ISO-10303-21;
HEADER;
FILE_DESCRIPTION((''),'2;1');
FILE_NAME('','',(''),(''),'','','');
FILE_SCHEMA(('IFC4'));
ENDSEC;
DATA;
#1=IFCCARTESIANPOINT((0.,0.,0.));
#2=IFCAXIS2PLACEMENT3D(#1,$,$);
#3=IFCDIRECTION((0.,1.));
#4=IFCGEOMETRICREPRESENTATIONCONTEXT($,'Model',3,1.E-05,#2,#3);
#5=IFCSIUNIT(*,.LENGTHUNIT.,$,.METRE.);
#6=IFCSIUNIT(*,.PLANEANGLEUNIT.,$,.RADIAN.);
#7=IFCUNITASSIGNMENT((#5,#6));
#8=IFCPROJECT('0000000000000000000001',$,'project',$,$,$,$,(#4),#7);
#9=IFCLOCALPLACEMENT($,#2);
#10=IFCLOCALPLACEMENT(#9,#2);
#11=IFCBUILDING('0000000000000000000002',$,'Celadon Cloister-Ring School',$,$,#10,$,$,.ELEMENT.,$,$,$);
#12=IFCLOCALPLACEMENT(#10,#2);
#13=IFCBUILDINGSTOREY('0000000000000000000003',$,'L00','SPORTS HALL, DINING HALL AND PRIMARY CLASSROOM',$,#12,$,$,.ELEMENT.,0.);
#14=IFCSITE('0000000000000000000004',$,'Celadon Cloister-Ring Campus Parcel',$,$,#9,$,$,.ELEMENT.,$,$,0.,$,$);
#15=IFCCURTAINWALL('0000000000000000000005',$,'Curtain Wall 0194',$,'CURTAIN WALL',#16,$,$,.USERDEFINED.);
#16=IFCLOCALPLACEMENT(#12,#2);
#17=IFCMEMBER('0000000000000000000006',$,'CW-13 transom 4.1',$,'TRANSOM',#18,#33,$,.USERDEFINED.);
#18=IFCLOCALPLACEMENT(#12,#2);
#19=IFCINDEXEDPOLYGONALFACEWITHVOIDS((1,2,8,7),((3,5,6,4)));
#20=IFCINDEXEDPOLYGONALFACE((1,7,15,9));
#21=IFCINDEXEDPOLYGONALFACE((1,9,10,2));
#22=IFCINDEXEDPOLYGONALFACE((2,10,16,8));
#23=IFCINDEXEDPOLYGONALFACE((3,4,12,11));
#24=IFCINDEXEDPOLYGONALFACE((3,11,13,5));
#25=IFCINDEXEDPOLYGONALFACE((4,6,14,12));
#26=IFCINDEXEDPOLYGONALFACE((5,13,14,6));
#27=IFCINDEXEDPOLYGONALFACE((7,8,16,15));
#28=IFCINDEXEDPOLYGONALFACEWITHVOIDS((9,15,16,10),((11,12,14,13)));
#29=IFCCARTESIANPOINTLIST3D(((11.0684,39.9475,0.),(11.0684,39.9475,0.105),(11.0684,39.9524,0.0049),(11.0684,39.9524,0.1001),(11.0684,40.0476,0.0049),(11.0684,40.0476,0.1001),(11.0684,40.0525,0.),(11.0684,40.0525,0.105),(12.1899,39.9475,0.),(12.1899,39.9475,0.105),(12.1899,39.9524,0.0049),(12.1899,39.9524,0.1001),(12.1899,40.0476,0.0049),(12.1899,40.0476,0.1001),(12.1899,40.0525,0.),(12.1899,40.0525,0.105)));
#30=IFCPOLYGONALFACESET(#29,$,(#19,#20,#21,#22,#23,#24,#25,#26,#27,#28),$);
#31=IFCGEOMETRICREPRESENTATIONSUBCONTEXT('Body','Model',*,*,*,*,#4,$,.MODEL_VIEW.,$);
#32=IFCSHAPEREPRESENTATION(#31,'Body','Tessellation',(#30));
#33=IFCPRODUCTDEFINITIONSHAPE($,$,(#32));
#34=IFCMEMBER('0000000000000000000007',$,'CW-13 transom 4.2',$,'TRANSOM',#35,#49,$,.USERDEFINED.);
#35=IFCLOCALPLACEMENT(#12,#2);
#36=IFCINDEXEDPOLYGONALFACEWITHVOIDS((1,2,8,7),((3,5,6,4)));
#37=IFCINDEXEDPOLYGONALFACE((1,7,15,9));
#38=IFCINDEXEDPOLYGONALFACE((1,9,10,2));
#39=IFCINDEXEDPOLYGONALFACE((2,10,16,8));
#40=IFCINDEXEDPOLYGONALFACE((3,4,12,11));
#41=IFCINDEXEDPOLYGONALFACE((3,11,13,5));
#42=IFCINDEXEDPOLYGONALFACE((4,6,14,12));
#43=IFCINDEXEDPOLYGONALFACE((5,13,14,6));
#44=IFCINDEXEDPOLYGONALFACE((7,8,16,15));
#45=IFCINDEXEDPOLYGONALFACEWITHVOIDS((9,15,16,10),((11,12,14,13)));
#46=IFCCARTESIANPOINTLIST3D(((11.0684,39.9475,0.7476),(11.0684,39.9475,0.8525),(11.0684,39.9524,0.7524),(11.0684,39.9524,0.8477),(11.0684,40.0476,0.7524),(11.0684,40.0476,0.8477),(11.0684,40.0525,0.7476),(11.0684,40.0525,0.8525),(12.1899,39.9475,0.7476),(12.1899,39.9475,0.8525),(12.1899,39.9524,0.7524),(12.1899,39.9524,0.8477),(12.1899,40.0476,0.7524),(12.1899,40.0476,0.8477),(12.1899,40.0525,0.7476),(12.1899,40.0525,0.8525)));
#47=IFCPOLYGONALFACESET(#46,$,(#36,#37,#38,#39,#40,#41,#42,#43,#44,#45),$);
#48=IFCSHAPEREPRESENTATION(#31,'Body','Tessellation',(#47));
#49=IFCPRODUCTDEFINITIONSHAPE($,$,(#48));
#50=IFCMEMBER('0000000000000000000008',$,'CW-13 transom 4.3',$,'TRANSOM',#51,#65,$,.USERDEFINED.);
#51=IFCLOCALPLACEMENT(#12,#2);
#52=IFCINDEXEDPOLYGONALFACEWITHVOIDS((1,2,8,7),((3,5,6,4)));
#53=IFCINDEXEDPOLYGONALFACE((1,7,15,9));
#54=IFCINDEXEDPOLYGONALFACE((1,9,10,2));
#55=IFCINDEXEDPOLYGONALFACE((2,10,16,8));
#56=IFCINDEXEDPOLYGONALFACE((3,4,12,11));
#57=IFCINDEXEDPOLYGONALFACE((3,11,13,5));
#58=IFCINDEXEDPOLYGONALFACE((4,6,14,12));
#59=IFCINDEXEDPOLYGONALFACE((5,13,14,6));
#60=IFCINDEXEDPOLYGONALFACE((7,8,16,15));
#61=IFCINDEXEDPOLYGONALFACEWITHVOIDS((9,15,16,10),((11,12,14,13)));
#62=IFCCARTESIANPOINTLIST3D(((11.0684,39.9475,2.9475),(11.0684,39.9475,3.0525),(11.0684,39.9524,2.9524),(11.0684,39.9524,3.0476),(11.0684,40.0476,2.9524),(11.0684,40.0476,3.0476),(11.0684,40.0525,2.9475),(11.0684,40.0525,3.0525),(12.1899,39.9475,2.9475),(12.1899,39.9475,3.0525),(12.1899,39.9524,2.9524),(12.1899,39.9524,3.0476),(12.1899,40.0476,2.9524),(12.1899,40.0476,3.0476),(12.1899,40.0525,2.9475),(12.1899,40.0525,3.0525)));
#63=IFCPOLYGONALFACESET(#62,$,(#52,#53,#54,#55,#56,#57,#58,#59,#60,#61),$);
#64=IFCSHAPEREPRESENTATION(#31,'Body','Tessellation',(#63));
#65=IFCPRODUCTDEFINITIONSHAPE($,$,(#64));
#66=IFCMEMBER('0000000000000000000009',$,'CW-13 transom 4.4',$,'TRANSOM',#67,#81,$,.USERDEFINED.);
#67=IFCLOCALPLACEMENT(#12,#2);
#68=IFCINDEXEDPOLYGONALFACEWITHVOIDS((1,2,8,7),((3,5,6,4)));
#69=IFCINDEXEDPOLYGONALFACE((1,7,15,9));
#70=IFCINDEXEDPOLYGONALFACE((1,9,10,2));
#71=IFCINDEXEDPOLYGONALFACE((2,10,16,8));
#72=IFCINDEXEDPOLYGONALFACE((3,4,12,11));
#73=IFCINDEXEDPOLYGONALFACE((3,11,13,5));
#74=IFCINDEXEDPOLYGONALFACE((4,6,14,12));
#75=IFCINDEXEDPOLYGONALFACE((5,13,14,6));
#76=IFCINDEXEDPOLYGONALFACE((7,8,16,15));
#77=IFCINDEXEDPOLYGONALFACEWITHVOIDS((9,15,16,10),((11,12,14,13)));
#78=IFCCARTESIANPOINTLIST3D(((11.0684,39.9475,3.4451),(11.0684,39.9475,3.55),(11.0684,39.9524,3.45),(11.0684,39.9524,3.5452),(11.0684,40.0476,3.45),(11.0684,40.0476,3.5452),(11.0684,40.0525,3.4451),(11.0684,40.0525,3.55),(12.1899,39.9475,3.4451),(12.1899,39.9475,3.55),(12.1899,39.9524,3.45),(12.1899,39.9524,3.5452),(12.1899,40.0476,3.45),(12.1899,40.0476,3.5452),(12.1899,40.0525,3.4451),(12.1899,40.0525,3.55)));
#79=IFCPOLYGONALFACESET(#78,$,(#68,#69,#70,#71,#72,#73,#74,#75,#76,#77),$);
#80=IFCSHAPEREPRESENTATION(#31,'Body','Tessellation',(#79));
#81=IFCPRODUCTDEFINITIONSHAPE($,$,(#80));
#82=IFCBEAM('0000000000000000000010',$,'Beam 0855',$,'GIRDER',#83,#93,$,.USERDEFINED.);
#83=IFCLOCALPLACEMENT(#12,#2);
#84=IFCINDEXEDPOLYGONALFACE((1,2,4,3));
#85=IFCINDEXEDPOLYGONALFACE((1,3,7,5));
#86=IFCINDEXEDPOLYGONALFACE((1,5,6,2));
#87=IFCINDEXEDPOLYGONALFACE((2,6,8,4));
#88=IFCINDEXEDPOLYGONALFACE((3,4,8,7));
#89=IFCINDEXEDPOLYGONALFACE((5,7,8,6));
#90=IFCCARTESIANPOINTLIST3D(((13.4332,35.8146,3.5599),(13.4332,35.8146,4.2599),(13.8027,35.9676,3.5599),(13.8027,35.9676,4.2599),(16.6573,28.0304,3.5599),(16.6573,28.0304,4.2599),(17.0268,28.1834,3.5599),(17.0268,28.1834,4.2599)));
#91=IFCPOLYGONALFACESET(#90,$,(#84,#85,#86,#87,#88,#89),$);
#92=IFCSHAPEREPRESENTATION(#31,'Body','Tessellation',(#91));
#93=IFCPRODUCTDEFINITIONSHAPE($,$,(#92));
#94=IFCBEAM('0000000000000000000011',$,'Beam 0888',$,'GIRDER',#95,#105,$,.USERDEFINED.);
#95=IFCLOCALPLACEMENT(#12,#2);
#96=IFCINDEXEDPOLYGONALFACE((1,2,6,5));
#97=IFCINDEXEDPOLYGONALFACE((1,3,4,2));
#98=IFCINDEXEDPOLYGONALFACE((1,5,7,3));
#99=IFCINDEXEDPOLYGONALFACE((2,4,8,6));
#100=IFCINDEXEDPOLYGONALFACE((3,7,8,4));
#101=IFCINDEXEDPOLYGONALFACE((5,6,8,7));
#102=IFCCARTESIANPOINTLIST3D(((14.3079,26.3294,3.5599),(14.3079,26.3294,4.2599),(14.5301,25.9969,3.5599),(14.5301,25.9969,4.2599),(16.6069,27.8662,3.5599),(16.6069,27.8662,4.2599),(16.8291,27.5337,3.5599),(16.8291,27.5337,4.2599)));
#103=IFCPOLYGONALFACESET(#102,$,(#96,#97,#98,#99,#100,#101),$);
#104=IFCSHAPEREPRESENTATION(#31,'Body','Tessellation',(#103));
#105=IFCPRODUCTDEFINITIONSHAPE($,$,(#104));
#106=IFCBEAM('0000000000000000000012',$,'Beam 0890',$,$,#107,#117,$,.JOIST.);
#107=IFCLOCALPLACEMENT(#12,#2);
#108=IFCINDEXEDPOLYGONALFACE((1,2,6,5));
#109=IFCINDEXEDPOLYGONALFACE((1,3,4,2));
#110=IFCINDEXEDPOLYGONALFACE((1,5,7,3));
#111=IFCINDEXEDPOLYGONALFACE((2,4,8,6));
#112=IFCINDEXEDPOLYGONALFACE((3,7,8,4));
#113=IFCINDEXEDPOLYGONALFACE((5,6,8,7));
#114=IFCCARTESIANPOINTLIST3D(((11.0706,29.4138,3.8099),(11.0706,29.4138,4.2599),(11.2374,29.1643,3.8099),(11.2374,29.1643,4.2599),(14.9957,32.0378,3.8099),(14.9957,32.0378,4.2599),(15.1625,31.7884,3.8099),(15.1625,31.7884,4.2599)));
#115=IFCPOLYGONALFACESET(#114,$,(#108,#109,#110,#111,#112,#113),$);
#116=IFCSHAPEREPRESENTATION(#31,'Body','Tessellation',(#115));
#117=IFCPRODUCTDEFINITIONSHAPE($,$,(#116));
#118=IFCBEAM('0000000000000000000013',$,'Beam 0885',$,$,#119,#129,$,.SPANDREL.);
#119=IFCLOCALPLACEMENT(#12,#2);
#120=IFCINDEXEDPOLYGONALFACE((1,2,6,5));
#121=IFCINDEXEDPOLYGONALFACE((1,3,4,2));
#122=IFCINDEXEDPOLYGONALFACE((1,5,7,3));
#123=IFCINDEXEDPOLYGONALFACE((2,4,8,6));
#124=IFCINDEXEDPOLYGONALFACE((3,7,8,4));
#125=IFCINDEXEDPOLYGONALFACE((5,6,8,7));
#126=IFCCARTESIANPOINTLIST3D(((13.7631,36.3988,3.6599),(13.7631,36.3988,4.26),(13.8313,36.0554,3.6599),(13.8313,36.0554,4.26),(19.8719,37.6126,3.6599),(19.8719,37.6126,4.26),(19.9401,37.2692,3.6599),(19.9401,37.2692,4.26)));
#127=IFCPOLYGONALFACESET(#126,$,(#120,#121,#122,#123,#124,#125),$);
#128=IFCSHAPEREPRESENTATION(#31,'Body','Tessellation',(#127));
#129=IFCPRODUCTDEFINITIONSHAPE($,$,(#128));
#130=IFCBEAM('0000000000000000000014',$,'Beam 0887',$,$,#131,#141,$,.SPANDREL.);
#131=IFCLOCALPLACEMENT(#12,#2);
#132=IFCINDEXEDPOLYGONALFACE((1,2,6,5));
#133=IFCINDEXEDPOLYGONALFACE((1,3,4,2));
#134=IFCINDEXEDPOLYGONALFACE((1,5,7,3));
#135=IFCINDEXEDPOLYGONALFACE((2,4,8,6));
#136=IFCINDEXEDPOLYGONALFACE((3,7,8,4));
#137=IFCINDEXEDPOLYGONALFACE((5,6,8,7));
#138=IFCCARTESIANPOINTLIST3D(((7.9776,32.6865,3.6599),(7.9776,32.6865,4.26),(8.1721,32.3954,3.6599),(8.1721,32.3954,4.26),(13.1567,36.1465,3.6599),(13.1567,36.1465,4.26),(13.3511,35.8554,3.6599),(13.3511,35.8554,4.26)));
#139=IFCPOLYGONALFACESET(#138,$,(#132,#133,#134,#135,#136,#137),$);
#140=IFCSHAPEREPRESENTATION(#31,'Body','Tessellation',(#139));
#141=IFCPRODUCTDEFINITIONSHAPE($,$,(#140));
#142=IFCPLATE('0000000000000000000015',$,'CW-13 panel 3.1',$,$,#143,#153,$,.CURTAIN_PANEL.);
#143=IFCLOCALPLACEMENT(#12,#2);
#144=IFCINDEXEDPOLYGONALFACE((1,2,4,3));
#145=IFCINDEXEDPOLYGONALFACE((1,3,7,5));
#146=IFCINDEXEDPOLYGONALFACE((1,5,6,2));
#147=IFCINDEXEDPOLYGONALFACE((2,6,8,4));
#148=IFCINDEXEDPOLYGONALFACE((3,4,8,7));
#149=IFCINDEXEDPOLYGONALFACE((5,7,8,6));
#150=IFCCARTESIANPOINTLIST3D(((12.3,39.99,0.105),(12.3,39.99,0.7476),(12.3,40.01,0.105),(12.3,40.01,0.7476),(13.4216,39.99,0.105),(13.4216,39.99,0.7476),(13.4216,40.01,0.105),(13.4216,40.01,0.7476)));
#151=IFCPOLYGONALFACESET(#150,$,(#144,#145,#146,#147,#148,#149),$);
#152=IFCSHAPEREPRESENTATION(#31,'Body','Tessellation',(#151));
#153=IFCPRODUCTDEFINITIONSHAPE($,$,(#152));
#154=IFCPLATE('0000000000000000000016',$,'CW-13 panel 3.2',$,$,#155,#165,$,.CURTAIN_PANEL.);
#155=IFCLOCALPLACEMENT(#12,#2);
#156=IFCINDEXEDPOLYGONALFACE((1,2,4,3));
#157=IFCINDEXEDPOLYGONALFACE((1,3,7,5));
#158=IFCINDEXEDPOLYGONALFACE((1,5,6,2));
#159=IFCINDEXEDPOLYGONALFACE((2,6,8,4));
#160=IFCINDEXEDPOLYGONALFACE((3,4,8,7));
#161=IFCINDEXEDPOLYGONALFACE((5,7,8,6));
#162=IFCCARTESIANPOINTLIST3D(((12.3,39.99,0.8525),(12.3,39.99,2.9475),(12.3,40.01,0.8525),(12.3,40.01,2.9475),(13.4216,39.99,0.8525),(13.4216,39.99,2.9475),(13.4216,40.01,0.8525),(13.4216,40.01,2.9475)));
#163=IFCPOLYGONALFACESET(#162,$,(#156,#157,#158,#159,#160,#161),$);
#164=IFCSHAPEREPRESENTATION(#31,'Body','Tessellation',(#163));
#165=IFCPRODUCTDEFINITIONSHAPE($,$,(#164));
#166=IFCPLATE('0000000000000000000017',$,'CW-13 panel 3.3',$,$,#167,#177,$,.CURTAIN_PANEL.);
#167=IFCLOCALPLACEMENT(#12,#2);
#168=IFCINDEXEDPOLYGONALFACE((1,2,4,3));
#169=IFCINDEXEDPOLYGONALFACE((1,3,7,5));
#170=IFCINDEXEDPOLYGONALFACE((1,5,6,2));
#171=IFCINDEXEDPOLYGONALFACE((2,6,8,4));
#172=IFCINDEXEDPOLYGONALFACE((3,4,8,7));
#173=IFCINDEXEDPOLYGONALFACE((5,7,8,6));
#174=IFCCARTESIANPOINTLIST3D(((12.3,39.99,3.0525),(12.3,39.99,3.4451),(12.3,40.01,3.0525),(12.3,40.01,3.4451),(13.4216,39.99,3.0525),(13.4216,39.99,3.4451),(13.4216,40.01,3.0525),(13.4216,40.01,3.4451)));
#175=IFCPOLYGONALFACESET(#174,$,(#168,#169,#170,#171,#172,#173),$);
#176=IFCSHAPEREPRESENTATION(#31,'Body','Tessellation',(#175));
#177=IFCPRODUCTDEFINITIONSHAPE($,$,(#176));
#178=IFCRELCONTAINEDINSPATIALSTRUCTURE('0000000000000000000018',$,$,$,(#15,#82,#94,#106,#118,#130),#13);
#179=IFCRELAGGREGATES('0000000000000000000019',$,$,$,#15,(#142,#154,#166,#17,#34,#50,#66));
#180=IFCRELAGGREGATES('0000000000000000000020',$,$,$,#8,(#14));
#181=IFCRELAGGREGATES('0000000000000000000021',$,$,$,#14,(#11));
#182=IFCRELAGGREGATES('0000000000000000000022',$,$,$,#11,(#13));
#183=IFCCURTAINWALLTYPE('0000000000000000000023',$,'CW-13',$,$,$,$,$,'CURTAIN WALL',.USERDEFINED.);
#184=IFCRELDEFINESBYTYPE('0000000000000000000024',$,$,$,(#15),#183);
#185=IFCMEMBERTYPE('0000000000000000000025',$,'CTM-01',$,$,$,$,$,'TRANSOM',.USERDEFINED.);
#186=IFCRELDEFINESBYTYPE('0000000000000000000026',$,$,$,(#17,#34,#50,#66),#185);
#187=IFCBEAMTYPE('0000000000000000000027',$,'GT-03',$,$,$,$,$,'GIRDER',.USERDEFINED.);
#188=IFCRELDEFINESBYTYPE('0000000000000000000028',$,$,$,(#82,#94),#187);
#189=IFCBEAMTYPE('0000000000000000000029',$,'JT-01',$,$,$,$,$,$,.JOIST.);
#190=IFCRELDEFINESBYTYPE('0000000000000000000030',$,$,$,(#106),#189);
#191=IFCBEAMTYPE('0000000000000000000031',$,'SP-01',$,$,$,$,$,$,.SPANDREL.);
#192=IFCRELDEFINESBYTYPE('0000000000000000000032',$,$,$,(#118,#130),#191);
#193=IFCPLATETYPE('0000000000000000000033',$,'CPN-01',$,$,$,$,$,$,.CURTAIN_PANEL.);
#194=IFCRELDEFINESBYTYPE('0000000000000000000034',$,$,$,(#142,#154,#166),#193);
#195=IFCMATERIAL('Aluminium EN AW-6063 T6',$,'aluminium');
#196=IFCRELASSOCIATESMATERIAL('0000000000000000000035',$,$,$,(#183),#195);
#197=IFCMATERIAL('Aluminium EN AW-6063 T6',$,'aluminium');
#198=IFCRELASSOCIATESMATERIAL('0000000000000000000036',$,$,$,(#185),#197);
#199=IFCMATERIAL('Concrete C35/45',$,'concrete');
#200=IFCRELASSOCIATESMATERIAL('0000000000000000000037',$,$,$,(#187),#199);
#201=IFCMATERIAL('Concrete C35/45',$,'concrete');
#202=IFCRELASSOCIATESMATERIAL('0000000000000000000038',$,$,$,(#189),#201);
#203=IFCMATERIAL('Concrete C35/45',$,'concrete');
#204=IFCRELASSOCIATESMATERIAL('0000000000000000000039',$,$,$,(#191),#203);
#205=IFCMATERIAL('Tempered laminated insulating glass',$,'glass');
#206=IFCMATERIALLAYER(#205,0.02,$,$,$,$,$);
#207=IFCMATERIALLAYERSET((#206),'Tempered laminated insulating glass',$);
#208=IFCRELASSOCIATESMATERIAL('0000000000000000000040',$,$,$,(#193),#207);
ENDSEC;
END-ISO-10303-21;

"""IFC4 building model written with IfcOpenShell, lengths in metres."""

from ifc_helpers import new_model, si_unit, direction, frame, origin, origin_2d, place, context, subcontext, project, spatial, rectangle, hollow_rectangle, extrude, material, layer, layer_set, material_profile, profile_set, type_object, element, aggregate, save


model = new_model("IFC4")

# Units and contexts
model_context = context("Model", 3, precision=1e-05, world=origin(), true_north=direction((0.0, 1.0)))
body_context = subcontext(model_context, "Body", "Model", "MODEL_VIEW")
ifc_project = project(units=[si_unit("LENGTHUNIT", "METRE"), si_unit("PLANEANGLEUNIT", "RADIAN")], contexts=[model_context])

# Site, building, storey
site_placement = place(None, origin())
site = spatial("IfcSite", under=ifc_project, at=site_placement, Name="Celadon Cloister-Ring Campus Parcel", CompositionType="ELEMENT", RefElevation=0.0)
building_placement = place(site_placement, origin())
building = spatial("IfcBuilding", under=site, at=building_placement, Name="Celadon Cloister-Ring School", CompositionType="ELEMENT")
storey_placement = place(building_placement, origin())
storey = spatial("IfcBuildingStorey", under=building, at=storey_placement, Name="L00", Description="SPORTS HALL, DINING HALL AND PRIMARY CLASSROOM", CompositionType="ELEMENT", Elevation=0.0)

# Curtain wall, members
ifc_material_1 = material(Name="Aluminium EN AW-6063 T6", Category="aluminium")
curtain_wall_type = type_object("IfcCurtainWallType", Name="CW-13", ElementType="CURTAIN WALL", PredefinedType="USERDEFINED", material=ifc_material_1)
curtain_wall_placement = place(storey_placement, origin())
curtain_wall = element("IfcCurtainWall", 1, at=curtain_wall_placement, inside=storey, type_object=curtain_wall_type, Name="Curtain Wall 0194", ObjectType="CURTAIN WALL", PredefinedType="USERDEFINED")
ifc_material_2 = material(Name="Aluminium EN AW-6063 T6", Category="aluminium")
ifc_material_profile_1 = material_profile(ifc_material_2, hollow_rectangle(XDim=0.105, YDim=0.105, WallThickness=0.0049, at=origin_2d()), Name="RHS105X105X5")
ifc_profile_set_1 = profile_set([ifc_material_profile_1], Name="Aluminium EN AW-6063 T6")
member_type_1 = type_object("IfcMemberType", Name="CTM-01", ElementType="TRANSOM", PredefinedType="USERDEFINED", material=ifc_profile_set_1)
member_1_placement = place(storey_placement, frame((12.1899, 40.0, 0.0525), z_axis=(-1.0, 0.0, 0.0), x_axis=(0.0, -1.0, 0.0)))
member_1 = element("IfcMember", 2, at=member_1_placement, type_object=member_type_1, Name="CW-13 transom 4.1", ObjectType="TRANSOM", PredefinedType="USERDEFINED", context=body_context, shape_type="SweptSolid", body=[
    extrude(hollow_rectangle(XDim=0.105, YDim=0.105, WallThickness=0.0049, at=origin_2d()), origin(), (0.0, 0.0, 1.0), 1.1216),
])
member_2_placement = place(storey_placement, frame((12.1899, 40.0, 0.8), z_axis=(-1.0, 0.0, 0.0), x_axis=(0.0, -1.0, 0.0)))
member_2 = element("IfcMember", 3, at=member_2_placement, type_object=member_type_1, Name="CW-13 transom 4.2", ObjectType="TRANSOM", PredefinedType="USERDEFINED", context=body_context, shape_type="SweptSolid", body=[
    extrude(hollow_rectangle(XDim=0.105, YDim=0.105, WallThickness=0.0049, at=origin_2d()), origin(), (0.0, 0.0, 1.0), 1.1216),
])
member_3_placement = place(storey_placement, frame((12.1899, 40.0, 3.0), z_axis=(-1.0, 0.0, 0.0), x_axis=(0.0, -1.0, 0.0)))
member_3 = element("IfcMember", 4, at=member_3_placement, type_object=member_type_1, Name="CW-13 transom 4.3", ObjectType="TRANSOM", PredefinedType="USERDEFINED", context=body_context, shape_type="SweptSolid", body=[
    extrude(hollow_rectangle(XDim=0.105, YDim=0.105, WallThickness=0.0049, at=origin_2d()), origin(), (0.0, 0.0, 1.0), 1.1216),
])
member_4_placement = place(storey_placement, frame((12.1899, 40.0, 3.4976), z_axis=(-1.0, 0.0, 0.0), x_axis=(0.0, -1.0, 0.0)))
member_4 = element("IfcMember", 5, at=member_4_placement, type_object=member_type_1, Name="CW-13 transom 4.4", ObjectType="TRANSOM", PredefinedType="USERDEFINED", context=body_context, shape_type="SweptSolid", body=[
    extrude(hollow_rectangle(XDim=0.105, YDim=0.105, WallThickness=0.0049, at=origin_2d()), origin(), (0.0, 0.0, 1.0), 1.1216),
])

# Beams
ifc_material_3 = material(Name="Concrete C35/45", Category="concrete")
ifc_material_profile_2 = material_profile(ifc_material_3, rectangle(XDim=0.3999, YDim=0.7, at=origin_2d()), Name="RC400X700")
ifc_profile_set_2 = profile_set([ifc_material_profile_2], Name="Concrete C35/45")
beam_type_1 = type_object("IfcBeamType", Name="GT-03", ElementType="GIRDER", PredefinedType="USERDEFINED", material=ifc_profile_set_2)
beam_1_placement = place(storey_placement, frame((13.6179, 35.8911, 3.9099), z_axis=(0.382664, -0.923888, 0.0), x_axis=(0.923888, 0.382664, 0.0)))
element("IfcBeam", 6, at=beam_1_placement, inside=storey, type_object=beam_type_1, Name="Beam 0855", ObjectType="GIRDER", PredefinedType="USERDEFINED", context=body_context, shape_type="SweptSolid", body=[
    extrude(rectangle(XDim=0.3999, YDim=0.7, at=origin_2d()), origin(), (0.0, 0.0, 1.0), 8.4255),
])
beam_2_placement = place(storey_placement, frame((16.718, 27.7, 3.9099), z_axis=(-0.831357, -0.555739, 0.0), x_axis=(0.555739, -0.831357, 0.0)))
element("IfcBeam", 7, at=beam_2_placement, inside=storey, type_object=beam_type_1, Name="Beam 0888", ObjectType="GIRDER", PredefinedType="USERDEFINED", context=body_context, shape_type="SweptSolid", body=[
    extrude(rectangle(XDim=0.3999, YDim=0.7, at=origin_2d()), origin(), (0.0, 0.0, 1.0), 2.7654),
])
ifc_material_4 = material(Name="Concrete C35/45", Category="concrete")
ifc_material_profile_3 = material_profile(ifc_material_4, rectangle(XDim=0.3, YDim=0.45, at=origin_2d()), Name="RC300X450")
ifc_profile_set_3 = profile_set([ifc_material_profile_3], Name="Concrete C35/45")
beam_type_2 = type_object("IfcBeamType", Name="JT-01", PredefinedType="JOIST", material=ifc_profile_set_3)
beam_3_placement = place(storey_placement, frame((15.0791, 31.9131, 4.0349), z_axis=(-0.831334, -0.555774, 0.0), x_axis=(0.555774, -0.831334, 0.0)))
element("IfcBeam", 8, at=beam_3_placement, inside=storey, type_object=beam_type_2, Name="Beam 0890", PredefinedType="JOIST", context=body_context, shape_type="SweptSolid", body=[
    extrude(rectangle(XDim=0.3, YDim=0.45, at=origin_2d()), origin(), (0.0, 0.0, 1.0), 4.7214),
])
ifc_material_5 = material(Name="Concrete C35/45", Category="concrete")
ifc_material_profile_4 = material_profile(ifc_material_5, rectangle(XDim=0.3501, YDim=0.6001, at=origin_2d()), Name="RC350X600")
ifc_profile_set_4 = profile_set([ifc_material_profile_4], Name="Concrete C35/45")
beam_type_3 = type_object("IfcBeamType", Name="SP-01", PredefinedType="SPANDREL", material=ifc_profile_set_4)
beam_4_placement = place(storey_placement, frame((19.906, 37.4409, 3.96), z_axis=(-0.980824, -0.194895, 0.0), x_axis=(0.194895, -0.980824, 0.0)))
element("IfcBeam", 9, at=beam_4_placement, inside=storey, type_object=beam_type_3, Name="Beam 0885", PredefinedType="SPANDREL", context=body_context, shape_type="SweptSolid", body=[
    extrude(rectangle(XDim=0.3501, YDim=0.6001, at=origin_2d()), origin(), (0.0, 0.0, 1.0), 6.2283),
])
beam_5_placement = place(storey_placement, frame((13.2539, 36.001, 3.96), z_axis=(-0.831507, -0.555514, 0.0), x_axis=(0.555514, -0.831507, 0.0)))
element("IfcBeam", 10, at=beam_5_placement, inside=storey, type_object=beam_type_3, Name="Beam 0887", PredefinedType="SPANDREL", context=body_context, shape_type="SweptSolid", body=[
    extrude(rectangle(XDim=0.3501, YDim=0.6001, at=origin_2d()), origin(), (0.0, 0.0, 1.0), 6.2285),
])

# Plates
ifc_material_6 = material(Name="Tempered laminated insulating glass", Category="glass")
ifc_layer_1 = layer(ifc_material_6, 0.02)
ifc_layer_set_1 = layer_set([ifc_layer_1], Name="Tempered laminated insulating glass")
plate_type = type_object("IfcPlateType", Name="CPN-01", PredefinedType="CURTAIN_PANEL", material=ifc_layer_set_1)
plate_1_placement = place(storey_placement, frame((12.8608, 40.0, 0.105), z_axis=(0.0, 0.0, 1.0), x_axis=(-1.0, 0.0, 0.0)))
plate_1 = element("IfcPlate", 11, at=plate_1_placement, type_object=plate_type, Name="CW-13 panel 3.1", PredefinedType="CURTAIN_PANEL", context=body_context, shape_type="SweptSolid", body=[
    extrude(rectangle(XDim=1.1216, YDim=0.02, at=origin_2d()), origin(), (0.0, 0.0, 1.0), 0.6426),
])
plate_2_placement = place(storey_placement, frame((12.8608, 40.0, 0.8525), z_axis=(0.0, 0.0, 1.0), x_axis=(-1.0, 0.0, 0.0)))
plate_2 = element("IfcPlate", 12, at=plate_2_placement, type_object=plate_type, Name="CW-13 panel 3.2", PredefinedType="CURTAIN_PANEL", context=body_context, shape_type="SweptSolid", body=[
    extrude(rectangle(XDim=1.1216, YDim=0.02, at=origin_2d()), origin(), (0.0, 0.0, 1.0), 2.095),
])
plate_3_placement = place(storey_placement, frame((12.8608, 40.0, 3.0525), z_axis=(0.0, 0.0, 1.0), x_axis=(-1.0, 0.0, 0.0)))
plate_3 = element("IfcPlate", 13, at=plate_3_placement, type_object=plate_type, Name="CW-13 panel 3.3", PredefinedType="CURTAIN_PANEL", context=body_context, shape_type="SweptSolid", body=[
    extrude(rectangle(XDim=1.1216, YDim=0.02, at=origin_2d()), origin(), (0.0, 0.0, 1.0), 0.3926),
])
aggregate(curtain_wall, [plate_1, plate_2, plate_3, member_1, member_2, member_3, member_4])

save(model, "model.ifc")
